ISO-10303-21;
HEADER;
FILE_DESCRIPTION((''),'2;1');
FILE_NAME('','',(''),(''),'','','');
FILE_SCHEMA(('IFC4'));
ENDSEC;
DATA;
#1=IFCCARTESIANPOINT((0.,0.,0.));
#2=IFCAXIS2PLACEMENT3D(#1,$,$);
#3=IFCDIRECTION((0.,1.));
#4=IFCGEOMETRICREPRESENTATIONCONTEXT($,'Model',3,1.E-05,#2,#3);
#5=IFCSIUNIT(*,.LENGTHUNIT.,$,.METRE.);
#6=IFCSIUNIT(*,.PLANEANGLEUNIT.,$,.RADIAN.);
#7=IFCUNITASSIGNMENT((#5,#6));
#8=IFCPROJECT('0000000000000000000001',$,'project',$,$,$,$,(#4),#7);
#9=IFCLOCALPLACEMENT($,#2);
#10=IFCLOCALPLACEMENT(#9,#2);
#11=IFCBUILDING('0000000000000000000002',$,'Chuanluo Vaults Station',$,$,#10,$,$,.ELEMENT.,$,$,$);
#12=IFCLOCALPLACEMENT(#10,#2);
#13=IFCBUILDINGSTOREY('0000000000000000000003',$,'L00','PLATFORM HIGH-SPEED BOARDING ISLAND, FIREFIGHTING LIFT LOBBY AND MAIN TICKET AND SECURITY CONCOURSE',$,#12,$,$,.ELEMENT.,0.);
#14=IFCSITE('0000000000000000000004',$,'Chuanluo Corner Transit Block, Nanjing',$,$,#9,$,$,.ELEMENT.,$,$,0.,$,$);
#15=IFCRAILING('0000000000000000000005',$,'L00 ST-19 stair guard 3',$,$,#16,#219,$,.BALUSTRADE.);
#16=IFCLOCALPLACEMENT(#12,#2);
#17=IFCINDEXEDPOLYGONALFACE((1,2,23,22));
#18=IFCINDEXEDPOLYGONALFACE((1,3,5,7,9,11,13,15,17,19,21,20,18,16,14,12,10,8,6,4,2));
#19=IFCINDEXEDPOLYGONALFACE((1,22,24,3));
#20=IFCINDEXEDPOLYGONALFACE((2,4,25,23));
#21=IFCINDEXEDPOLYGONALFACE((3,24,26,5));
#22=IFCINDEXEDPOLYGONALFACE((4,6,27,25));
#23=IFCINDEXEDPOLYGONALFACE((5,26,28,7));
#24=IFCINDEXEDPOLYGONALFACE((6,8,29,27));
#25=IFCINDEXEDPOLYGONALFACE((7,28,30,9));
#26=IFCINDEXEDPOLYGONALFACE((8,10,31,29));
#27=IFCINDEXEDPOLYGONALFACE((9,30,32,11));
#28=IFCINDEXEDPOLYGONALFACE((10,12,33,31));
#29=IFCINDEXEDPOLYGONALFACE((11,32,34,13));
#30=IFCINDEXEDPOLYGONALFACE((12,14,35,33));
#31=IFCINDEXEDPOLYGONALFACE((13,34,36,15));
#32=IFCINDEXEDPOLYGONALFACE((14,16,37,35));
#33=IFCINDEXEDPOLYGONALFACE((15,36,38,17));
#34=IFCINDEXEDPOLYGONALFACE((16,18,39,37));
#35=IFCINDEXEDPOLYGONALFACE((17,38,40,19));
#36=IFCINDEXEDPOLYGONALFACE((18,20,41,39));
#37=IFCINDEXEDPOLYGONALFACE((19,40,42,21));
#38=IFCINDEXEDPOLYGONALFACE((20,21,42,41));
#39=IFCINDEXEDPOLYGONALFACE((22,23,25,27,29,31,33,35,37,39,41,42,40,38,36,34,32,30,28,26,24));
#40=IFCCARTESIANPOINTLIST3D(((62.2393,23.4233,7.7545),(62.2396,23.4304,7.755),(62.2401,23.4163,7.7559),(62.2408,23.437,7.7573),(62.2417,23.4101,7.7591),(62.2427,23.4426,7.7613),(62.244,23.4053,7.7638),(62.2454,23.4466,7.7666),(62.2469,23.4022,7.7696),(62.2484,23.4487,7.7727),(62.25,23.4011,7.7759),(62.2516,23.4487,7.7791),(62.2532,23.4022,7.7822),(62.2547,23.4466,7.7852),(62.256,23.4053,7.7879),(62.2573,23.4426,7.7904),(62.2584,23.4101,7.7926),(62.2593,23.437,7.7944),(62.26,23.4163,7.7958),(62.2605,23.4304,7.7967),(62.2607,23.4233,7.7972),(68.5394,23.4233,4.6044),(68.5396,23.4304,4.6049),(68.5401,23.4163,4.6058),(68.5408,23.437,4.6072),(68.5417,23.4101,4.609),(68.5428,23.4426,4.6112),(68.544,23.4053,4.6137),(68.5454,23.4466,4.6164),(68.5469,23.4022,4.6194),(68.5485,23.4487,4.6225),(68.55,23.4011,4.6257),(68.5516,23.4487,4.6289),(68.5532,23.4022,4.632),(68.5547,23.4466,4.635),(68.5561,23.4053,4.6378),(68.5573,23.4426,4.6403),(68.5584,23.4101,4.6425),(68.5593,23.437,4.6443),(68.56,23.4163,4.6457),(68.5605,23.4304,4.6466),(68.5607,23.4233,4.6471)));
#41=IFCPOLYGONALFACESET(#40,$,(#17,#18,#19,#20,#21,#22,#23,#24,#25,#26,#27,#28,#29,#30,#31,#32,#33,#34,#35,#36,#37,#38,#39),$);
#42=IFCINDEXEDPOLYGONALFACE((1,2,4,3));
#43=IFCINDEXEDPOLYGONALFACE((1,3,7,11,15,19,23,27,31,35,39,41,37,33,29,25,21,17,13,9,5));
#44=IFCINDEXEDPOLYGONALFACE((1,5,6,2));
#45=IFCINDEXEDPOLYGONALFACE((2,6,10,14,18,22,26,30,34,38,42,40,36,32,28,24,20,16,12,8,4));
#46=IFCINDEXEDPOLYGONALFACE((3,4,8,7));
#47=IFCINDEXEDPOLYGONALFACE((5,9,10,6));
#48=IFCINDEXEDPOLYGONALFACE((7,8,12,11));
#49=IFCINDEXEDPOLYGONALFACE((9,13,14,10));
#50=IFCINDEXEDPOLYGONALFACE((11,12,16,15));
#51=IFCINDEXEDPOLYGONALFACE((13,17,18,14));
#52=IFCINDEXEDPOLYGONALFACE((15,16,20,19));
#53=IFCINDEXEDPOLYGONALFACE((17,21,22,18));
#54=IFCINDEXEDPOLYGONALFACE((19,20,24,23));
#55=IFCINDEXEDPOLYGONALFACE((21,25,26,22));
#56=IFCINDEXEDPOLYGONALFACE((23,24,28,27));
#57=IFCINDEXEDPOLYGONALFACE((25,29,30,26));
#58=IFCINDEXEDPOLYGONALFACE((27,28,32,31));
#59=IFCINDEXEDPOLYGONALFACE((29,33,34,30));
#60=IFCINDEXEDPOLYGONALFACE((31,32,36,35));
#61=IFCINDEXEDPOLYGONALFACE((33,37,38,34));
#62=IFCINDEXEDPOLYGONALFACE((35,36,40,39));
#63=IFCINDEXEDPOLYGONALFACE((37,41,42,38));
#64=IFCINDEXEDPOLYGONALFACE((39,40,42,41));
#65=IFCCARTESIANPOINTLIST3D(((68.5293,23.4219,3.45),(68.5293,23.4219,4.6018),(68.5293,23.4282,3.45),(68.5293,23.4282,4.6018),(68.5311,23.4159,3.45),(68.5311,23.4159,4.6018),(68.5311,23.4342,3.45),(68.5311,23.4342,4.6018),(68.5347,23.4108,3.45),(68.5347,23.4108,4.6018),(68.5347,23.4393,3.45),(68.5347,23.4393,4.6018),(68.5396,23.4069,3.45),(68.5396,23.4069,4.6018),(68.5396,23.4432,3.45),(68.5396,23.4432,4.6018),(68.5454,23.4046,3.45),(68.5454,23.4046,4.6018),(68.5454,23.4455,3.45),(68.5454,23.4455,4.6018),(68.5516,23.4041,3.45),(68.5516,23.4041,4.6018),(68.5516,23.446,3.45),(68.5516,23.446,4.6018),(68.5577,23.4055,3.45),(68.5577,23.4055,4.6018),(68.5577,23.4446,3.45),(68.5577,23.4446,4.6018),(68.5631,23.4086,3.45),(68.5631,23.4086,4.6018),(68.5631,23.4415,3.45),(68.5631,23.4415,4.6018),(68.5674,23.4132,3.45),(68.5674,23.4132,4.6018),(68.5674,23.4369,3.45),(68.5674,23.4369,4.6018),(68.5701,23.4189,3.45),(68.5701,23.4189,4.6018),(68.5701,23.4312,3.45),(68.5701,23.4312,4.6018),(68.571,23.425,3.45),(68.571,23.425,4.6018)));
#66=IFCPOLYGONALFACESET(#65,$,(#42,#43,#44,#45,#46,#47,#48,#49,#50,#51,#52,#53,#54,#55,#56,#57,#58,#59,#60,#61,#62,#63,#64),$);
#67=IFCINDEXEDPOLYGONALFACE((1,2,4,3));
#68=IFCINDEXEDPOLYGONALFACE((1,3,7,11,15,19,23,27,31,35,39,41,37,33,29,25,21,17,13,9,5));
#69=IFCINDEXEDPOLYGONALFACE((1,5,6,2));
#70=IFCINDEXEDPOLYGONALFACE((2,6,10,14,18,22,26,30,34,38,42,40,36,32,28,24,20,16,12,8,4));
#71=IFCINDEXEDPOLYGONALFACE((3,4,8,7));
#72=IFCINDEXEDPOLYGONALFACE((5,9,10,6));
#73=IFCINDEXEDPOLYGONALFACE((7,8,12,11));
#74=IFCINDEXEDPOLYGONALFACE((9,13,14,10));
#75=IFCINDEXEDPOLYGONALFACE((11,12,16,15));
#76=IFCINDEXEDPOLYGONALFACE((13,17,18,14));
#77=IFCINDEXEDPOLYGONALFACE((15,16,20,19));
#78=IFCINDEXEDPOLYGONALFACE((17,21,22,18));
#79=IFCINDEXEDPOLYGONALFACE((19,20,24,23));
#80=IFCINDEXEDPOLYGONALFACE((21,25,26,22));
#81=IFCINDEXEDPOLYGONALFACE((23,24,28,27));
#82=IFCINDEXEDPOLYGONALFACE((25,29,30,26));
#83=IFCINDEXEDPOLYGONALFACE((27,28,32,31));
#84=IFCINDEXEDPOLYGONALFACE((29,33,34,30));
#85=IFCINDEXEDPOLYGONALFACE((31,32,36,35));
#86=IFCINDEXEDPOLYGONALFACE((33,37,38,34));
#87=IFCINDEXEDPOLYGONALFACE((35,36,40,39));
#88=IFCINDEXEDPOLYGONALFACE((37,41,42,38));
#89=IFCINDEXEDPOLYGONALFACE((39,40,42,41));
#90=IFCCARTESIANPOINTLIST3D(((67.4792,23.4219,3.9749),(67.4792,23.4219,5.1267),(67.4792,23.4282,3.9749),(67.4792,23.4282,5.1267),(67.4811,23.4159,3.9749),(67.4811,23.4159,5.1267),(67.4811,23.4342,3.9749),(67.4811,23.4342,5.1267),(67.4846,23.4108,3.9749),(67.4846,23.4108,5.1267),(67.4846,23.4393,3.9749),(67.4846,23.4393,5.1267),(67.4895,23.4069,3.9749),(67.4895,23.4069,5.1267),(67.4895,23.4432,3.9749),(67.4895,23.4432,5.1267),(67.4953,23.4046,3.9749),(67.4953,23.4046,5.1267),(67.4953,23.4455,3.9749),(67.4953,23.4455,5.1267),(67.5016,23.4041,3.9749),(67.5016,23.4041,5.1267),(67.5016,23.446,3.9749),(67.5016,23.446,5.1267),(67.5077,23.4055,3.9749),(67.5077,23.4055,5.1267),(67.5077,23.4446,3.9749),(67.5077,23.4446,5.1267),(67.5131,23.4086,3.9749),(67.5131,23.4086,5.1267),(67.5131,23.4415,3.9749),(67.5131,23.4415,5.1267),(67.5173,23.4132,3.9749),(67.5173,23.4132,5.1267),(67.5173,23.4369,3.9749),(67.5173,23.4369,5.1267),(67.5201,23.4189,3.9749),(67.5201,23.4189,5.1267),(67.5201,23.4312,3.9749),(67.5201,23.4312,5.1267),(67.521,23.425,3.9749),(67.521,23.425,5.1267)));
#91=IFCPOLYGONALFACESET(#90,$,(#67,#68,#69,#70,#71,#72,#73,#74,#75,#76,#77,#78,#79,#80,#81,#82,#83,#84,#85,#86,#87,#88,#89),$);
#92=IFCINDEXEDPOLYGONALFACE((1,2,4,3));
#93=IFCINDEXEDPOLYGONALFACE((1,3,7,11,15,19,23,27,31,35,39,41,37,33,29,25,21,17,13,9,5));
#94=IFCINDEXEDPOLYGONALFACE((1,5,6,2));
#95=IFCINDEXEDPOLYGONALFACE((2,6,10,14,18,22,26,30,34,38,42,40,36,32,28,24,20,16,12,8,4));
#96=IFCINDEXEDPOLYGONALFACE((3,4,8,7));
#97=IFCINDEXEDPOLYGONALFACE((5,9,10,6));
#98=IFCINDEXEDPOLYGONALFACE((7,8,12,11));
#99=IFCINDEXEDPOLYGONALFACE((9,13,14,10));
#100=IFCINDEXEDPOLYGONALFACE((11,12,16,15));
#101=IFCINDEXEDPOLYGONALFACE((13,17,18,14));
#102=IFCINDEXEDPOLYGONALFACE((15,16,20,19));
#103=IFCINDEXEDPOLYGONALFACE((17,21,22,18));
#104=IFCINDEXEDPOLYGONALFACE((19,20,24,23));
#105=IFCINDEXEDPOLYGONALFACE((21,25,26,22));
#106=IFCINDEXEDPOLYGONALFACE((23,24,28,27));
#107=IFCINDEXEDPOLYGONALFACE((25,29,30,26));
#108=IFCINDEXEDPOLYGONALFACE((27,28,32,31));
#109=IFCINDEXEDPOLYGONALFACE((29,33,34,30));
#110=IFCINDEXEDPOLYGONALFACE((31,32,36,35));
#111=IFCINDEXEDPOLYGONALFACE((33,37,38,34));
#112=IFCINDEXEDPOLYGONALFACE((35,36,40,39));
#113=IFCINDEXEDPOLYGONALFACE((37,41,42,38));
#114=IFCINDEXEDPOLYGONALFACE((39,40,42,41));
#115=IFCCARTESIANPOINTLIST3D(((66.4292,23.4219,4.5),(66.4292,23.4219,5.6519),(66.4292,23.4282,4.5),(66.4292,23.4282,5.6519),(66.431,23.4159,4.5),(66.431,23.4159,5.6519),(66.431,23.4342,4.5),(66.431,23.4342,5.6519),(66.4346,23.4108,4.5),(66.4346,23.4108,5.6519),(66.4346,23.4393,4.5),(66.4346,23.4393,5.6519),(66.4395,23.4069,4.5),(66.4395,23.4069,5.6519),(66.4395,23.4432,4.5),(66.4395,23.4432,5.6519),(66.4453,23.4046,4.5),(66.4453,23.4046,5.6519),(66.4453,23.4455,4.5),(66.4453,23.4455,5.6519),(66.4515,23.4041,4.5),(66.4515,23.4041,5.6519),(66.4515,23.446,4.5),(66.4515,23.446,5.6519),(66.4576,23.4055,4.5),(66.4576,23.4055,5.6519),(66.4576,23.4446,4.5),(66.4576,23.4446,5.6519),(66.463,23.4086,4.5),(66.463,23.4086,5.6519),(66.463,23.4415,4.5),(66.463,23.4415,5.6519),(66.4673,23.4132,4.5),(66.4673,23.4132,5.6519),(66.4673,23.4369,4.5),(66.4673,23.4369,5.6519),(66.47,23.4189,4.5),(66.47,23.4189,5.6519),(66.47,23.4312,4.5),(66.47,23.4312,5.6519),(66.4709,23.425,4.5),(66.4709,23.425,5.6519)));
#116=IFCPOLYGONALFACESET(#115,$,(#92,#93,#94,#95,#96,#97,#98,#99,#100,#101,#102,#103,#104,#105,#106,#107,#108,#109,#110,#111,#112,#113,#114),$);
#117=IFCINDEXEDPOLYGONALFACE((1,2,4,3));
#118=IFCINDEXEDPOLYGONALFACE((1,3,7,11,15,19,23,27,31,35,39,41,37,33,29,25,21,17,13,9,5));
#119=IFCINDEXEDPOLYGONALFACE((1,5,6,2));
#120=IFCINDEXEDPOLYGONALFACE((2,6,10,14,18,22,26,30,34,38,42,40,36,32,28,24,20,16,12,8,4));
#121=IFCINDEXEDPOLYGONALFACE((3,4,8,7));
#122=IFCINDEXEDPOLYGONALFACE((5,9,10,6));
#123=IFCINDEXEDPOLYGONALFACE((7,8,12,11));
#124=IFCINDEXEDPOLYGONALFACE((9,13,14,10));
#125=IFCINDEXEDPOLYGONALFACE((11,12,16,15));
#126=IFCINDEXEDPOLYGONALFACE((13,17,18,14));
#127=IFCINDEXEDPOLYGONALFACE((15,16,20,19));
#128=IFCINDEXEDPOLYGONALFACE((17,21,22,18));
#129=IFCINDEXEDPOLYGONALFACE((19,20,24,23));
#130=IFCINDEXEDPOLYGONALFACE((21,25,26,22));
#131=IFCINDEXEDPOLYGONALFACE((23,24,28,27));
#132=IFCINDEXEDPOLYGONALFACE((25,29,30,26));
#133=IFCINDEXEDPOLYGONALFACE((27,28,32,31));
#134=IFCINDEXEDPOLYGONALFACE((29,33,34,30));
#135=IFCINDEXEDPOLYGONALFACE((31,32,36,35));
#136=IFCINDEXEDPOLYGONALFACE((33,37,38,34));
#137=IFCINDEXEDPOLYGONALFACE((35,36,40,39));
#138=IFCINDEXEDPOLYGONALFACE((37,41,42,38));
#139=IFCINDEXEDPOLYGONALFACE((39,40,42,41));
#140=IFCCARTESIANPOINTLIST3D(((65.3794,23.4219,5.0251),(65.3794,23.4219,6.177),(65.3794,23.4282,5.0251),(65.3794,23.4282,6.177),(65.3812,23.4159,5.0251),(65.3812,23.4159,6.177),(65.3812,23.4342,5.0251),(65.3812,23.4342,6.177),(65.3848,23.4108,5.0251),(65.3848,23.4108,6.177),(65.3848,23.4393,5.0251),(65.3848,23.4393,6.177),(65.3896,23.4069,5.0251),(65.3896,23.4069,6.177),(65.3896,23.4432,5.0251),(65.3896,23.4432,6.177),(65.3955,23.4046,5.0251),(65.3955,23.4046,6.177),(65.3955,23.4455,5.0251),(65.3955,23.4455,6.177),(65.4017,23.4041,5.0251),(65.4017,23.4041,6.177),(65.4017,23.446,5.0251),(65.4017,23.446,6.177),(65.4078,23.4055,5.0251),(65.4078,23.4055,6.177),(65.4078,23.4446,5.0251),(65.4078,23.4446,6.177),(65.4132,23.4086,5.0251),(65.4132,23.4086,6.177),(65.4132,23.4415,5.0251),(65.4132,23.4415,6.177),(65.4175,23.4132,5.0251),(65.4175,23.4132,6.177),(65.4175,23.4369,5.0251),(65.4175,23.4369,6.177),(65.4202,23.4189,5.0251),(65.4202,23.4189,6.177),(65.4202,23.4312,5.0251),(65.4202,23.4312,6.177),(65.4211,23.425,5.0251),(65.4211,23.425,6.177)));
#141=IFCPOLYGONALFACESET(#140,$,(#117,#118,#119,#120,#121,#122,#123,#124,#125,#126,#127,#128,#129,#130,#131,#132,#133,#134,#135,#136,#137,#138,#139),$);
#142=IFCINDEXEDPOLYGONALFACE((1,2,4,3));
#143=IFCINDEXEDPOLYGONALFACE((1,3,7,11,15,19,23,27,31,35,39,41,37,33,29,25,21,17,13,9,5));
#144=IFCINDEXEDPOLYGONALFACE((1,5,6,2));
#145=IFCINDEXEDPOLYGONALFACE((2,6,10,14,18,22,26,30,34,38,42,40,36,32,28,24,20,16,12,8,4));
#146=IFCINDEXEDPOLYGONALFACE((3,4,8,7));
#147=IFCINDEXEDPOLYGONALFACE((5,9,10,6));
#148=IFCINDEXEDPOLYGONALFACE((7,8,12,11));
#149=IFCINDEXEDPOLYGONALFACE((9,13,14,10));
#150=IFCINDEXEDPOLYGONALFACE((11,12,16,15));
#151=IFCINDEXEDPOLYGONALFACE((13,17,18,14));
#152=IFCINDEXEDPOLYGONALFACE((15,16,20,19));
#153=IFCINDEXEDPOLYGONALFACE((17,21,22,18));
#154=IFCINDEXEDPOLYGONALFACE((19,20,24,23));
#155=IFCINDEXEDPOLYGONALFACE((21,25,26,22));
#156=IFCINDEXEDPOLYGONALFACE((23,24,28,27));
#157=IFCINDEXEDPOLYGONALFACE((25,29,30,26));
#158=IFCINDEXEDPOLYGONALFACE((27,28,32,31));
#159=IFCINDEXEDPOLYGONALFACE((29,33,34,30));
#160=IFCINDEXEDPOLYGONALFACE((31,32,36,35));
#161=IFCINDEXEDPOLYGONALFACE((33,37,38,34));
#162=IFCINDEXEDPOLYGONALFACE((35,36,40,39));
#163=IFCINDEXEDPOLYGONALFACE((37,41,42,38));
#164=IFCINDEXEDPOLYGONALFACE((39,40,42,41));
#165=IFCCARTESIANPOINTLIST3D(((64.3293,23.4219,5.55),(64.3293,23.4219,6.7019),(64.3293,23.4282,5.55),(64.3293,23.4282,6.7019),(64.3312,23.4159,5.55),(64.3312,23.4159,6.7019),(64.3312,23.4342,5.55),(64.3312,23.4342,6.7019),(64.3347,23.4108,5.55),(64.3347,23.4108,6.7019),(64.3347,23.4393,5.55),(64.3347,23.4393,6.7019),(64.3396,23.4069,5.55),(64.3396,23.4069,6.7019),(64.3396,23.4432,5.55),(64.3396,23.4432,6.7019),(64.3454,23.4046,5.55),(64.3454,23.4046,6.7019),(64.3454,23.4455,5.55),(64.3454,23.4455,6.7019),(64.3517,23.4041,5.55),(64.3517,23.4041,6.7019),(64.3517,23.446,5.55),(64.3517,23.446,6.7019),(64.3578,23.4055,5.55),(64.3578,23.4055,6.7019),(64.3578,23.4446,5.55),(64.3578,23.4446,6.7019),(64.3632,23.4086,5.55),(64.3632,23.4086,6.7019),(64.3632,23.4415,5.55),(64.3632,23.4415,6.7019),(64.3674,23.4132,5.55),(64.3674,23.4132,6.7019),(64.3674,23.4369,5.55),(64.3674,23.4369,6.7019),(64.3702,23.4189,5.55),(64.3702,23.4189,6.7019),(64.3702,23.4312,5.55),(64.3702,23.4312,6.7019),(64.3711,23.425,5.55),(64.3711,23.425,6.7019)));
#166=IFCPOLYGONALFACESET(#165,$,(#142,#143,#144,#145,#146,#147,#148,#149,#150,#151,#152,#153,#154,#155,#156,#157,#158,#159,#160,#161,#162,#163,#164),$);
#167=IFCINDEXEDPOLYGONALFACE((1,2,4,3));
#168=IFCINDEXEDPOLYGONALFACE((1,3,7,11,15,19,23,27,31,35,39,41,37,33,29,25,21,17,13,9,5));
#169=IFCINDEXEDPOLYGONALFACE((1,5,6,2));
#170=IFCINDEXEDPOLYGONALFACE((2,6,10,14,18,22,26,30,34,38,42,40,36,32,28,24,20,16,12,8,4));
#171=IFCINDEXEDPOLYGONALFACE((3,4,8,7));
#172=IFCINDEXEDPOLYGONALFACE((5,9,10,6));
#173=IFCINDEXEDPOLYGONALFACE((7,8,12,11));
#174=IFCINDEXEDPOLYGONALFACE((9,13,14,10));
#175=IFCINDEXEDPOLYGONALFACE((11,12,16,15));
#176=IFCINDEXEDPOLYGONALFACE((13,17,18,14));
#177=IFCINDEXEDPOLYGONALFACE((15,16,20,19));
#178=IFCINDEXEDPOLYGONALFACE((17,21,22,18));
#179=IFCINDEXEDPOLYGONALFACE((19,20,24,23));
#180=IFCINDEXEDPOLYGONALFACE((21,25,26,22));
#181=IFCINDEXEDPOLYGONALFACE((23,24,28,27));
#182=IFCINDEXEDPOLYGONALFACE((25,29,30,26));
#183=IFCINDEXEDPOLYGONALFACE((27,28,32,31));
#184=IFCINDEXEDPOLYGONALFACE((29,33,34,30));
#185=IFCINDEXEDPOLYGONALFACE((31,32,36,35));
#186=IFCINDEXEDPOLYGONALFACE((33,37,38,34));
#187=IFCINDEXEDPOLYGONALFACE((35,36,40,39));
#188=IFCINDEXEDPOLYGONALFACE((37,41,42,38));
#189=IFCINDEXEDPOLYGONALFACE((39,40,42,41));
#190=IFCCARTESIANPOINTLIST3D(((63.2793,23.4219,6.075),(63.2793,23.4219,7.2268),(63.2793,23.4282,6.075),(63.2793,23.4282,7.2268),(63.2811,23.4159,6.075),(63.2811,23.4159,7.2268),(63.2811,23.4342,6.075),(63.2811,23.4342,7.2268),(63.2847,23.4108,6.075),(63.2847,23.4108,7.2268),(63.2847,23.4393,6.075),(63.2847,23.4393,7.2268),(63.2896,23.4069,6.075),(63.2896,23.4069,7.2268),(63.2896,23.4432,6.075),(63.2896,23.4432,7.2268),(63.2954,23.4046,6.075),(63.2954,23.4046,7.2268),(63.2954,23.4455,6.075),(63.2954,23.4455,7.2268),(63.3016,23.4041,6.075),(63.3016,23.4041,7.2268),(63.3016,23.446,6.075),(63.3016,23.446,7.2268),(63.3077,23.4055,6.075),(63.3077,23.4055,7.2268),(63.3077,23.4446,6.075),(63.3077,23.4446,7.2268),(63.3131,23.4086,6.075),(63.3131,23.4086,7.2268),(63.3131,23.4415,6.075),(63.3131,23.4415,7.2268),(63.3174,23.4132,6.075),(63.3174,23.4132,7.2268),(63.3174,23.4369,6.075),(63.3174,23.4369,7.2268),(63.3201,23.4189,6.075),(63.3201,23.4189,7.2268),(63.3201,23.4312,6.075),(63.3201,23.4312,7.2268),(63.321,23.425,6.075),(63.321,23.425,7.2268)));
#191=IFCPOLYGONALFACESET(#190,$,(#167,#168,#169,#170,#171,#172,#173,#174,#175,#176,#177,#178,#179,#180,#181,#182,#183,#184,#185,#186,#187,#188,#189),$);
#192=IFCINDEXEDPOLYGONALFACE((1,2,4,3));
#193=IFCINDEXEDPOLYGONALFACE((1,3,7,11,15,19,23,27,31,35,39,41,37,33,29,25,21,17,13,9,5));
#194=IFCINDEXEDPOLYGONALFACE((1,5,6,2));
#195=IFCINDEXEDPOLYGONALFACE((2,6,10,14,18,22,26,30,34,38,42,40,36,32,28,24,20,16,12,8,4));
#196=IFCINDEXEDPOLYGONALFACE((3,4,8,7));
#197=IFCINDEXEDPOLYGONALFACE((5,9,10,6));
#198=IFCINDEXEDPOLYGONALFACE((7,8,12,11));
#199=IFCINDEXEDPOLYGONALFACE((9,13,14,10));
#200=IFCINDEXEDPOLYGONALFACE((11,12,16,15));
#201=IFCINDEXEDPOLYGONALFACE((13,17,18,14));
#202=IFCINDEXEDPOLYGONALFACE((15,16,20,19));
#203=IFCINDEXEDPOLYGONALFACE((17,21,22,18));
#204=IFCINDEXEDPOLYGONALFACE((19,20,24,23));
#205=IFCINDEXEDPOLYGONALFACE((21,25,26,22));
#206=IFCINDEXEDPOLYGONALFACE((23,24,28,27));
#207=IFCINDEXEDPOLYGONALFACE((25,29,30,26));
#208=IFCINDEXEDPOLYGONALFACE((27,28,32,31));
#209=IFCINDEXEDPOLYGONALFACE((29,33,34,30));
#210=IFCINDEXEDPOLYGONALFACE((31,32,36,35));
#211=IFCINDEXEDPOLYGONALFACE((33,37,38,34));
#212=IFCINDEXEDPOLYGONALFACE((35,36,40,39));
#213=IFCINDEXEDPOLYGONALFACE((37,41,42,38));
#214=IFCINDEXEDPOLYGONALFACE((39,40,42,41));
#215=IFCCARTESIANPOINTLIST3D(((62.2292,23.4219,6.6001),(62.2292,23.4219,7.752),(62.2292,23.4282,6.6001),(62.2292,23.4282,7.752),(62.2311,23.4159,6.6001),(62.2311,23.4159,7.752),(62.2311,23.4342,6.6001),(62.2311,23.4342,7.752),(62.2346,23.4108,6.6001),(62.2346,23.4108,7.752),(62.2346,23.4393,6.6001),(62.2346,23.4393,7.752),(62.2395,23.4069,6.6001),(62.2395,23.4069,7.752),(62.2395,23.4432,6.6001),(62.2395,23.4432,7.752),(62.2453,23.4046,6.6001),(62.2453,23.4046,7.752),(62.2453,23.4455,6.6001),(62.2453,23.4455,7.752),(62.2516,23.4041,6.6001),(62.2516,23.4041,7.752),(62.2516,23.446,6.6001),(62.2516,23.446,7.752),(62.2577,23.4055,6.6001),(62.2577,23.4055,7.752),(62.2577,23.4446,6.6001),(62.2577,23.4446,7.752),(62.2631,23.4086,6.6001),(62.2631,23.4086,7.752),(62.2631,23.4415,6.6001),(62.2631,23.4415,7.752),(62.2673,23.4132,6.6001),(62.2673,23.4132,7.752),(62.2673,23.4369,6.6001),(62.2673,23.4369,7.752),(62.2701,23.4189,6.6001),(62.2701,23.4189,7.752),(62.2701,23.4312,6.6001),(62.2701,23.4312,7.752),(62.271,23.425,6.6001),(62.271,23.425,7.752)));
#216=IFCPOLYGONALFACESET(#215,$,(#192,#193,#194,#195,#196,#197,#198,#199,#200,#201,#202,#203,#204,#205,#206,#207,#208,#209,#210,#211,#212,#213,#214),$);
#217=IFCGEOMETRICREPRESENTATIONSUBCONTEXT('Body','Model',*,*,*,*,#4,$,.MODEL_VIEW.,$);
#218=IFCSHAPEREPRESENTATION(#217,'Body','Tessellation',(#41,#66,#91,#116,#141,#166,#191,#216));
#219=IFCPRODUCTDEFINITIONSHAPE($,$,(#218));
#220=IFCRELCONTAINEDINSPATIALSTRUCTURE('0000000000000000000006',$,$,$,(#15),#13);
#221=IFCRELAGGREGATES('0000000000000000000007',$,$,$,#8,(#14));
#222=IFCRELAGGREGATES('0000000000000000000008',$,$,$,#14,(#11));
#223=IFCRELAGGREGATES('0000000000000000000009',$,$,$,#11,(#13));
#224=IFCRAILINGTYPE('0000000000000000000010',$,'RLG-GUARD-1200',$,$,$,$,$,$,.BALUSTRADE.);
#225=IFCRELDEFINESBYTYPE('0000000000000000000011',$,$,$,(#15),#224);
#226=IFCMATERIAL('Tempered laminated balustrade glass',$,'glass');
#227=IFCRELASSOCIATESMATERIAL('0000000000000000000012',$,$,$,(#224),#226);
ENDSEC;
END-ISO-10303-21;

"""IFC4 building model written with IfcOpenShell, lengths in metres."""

from ifc_helpers import new_model, si_unit, direction, frame, origin, origin_2d, place, context, subcontext, project, spatial, circle, extrude, material, type_object, element, save


model = new_model("IFC4")

# Units and contexts
model_context = context("Model", 3, precision=1e-05, world=origin(), true_north=direction((0.0, 1.0)))
body_context = subcontext(model_context, "Body", "Model", "MODEL_VIEW")
ifc_project = project(units=[si_unit("LENGTHUNIT", "METRE"), si_unit("PLANEANGLEUNIT", "RADIAN")], contexts=[model_context])

# Site, building, storey
site_placement = place(None, origin())
site = spatial("IfcSite", under=ifc_project, at=site_placement, Name="Chuanluo Corner Transit Block, Nanjing", CompositionType="ELEMENT", RefElevation=0.0)
building_placement = place(site_placement, origin())
building = spatial("IfcBuilding", under=site, at=building_placement, Name="Chuanluo Vaults Station", CompositionType="ELEMENT")
storey_placement = place(building_placement, origin())
storey = spatial("IfcBuildingStorey", under=building, at=storey_placement, Name="L00", Description="PLATFORM HIGH-SPEED BOARDING ISLAND, FIREFIGHTING LIFT LOBBY AND MAIN TICKET AND SECURITY CONCOURSE", CompositionType="ELEMENT", Elevation=0.0)

# Railing
ifc_material_1 = material(Name="Tempered laminated balustrade glass", Category="glass")
railing_type_1 = type_object("IfcRailingType", Name="RLG-GUARD-1200", PredefinedType="BALUSTRADE", material=ifc_material_1)
railing_1_placement = place(storey_placement, frame((68.55, 23.425, 3.45)))
element("IfcRailing", 1, at=railing_1_placement, inside=storey, type_object=railing_type_1, Name="L00 ST-19 stair guard 3", PredefinedType="BALUSTRADE", context=body_context, shape_type="SweptSolid", body=[
    extrude(circle(Radius=0.0239, at=origin_2d()), frame((0.0, 0.0, 1.1758), z_axis=(-0.89442, 0.0, 0.447227), x_axis=(0.0, -1.0, 0.0)), (0.0, 0.0, 1.0), 7.0437),
    extrude(circle(Radius=0.021, at=origin_2d()), origin(), (0.0, 0.0, 1.0), 1.1519),
    extrude(circle(Radius=0.021, at=origin_2d()), frame((-1.05, 0.0, 0.5249)), (0.0, 0.0, 1.0), 1.1519),
    extrude(circle(Radius=0.021, at=origin_2d()), frame((-2.1001, 0.0, 1.05)), (0.0, 0.0, 1.0), 1.1519),
    extrude(circle(Radius=0.021, at=origin_2d()), frame((-3.1499, 0.0, 1.5752)), (0.0, 0.0, 1.0), 1.1519),
    extrude(circle(Radius=0.021, at=origin_2d()), frame((-4.2, 0.0, 2.1001)), (0.0, 0.0, 1.0), 1.1519),
    extrude(circle(Radius=0.021, at=origin_2d()), frame((-5.25, 0.0, 2.625)), (0.0, 0.0, 1.0), 1.1519),
    extrude(circle(Radius=0.021, at=origin_2d()), frame((-6.3, 0.0, 3.1501)), (0.0, 0.0, 1.0), 1.1519),
])

save(model, "model.ifc")
